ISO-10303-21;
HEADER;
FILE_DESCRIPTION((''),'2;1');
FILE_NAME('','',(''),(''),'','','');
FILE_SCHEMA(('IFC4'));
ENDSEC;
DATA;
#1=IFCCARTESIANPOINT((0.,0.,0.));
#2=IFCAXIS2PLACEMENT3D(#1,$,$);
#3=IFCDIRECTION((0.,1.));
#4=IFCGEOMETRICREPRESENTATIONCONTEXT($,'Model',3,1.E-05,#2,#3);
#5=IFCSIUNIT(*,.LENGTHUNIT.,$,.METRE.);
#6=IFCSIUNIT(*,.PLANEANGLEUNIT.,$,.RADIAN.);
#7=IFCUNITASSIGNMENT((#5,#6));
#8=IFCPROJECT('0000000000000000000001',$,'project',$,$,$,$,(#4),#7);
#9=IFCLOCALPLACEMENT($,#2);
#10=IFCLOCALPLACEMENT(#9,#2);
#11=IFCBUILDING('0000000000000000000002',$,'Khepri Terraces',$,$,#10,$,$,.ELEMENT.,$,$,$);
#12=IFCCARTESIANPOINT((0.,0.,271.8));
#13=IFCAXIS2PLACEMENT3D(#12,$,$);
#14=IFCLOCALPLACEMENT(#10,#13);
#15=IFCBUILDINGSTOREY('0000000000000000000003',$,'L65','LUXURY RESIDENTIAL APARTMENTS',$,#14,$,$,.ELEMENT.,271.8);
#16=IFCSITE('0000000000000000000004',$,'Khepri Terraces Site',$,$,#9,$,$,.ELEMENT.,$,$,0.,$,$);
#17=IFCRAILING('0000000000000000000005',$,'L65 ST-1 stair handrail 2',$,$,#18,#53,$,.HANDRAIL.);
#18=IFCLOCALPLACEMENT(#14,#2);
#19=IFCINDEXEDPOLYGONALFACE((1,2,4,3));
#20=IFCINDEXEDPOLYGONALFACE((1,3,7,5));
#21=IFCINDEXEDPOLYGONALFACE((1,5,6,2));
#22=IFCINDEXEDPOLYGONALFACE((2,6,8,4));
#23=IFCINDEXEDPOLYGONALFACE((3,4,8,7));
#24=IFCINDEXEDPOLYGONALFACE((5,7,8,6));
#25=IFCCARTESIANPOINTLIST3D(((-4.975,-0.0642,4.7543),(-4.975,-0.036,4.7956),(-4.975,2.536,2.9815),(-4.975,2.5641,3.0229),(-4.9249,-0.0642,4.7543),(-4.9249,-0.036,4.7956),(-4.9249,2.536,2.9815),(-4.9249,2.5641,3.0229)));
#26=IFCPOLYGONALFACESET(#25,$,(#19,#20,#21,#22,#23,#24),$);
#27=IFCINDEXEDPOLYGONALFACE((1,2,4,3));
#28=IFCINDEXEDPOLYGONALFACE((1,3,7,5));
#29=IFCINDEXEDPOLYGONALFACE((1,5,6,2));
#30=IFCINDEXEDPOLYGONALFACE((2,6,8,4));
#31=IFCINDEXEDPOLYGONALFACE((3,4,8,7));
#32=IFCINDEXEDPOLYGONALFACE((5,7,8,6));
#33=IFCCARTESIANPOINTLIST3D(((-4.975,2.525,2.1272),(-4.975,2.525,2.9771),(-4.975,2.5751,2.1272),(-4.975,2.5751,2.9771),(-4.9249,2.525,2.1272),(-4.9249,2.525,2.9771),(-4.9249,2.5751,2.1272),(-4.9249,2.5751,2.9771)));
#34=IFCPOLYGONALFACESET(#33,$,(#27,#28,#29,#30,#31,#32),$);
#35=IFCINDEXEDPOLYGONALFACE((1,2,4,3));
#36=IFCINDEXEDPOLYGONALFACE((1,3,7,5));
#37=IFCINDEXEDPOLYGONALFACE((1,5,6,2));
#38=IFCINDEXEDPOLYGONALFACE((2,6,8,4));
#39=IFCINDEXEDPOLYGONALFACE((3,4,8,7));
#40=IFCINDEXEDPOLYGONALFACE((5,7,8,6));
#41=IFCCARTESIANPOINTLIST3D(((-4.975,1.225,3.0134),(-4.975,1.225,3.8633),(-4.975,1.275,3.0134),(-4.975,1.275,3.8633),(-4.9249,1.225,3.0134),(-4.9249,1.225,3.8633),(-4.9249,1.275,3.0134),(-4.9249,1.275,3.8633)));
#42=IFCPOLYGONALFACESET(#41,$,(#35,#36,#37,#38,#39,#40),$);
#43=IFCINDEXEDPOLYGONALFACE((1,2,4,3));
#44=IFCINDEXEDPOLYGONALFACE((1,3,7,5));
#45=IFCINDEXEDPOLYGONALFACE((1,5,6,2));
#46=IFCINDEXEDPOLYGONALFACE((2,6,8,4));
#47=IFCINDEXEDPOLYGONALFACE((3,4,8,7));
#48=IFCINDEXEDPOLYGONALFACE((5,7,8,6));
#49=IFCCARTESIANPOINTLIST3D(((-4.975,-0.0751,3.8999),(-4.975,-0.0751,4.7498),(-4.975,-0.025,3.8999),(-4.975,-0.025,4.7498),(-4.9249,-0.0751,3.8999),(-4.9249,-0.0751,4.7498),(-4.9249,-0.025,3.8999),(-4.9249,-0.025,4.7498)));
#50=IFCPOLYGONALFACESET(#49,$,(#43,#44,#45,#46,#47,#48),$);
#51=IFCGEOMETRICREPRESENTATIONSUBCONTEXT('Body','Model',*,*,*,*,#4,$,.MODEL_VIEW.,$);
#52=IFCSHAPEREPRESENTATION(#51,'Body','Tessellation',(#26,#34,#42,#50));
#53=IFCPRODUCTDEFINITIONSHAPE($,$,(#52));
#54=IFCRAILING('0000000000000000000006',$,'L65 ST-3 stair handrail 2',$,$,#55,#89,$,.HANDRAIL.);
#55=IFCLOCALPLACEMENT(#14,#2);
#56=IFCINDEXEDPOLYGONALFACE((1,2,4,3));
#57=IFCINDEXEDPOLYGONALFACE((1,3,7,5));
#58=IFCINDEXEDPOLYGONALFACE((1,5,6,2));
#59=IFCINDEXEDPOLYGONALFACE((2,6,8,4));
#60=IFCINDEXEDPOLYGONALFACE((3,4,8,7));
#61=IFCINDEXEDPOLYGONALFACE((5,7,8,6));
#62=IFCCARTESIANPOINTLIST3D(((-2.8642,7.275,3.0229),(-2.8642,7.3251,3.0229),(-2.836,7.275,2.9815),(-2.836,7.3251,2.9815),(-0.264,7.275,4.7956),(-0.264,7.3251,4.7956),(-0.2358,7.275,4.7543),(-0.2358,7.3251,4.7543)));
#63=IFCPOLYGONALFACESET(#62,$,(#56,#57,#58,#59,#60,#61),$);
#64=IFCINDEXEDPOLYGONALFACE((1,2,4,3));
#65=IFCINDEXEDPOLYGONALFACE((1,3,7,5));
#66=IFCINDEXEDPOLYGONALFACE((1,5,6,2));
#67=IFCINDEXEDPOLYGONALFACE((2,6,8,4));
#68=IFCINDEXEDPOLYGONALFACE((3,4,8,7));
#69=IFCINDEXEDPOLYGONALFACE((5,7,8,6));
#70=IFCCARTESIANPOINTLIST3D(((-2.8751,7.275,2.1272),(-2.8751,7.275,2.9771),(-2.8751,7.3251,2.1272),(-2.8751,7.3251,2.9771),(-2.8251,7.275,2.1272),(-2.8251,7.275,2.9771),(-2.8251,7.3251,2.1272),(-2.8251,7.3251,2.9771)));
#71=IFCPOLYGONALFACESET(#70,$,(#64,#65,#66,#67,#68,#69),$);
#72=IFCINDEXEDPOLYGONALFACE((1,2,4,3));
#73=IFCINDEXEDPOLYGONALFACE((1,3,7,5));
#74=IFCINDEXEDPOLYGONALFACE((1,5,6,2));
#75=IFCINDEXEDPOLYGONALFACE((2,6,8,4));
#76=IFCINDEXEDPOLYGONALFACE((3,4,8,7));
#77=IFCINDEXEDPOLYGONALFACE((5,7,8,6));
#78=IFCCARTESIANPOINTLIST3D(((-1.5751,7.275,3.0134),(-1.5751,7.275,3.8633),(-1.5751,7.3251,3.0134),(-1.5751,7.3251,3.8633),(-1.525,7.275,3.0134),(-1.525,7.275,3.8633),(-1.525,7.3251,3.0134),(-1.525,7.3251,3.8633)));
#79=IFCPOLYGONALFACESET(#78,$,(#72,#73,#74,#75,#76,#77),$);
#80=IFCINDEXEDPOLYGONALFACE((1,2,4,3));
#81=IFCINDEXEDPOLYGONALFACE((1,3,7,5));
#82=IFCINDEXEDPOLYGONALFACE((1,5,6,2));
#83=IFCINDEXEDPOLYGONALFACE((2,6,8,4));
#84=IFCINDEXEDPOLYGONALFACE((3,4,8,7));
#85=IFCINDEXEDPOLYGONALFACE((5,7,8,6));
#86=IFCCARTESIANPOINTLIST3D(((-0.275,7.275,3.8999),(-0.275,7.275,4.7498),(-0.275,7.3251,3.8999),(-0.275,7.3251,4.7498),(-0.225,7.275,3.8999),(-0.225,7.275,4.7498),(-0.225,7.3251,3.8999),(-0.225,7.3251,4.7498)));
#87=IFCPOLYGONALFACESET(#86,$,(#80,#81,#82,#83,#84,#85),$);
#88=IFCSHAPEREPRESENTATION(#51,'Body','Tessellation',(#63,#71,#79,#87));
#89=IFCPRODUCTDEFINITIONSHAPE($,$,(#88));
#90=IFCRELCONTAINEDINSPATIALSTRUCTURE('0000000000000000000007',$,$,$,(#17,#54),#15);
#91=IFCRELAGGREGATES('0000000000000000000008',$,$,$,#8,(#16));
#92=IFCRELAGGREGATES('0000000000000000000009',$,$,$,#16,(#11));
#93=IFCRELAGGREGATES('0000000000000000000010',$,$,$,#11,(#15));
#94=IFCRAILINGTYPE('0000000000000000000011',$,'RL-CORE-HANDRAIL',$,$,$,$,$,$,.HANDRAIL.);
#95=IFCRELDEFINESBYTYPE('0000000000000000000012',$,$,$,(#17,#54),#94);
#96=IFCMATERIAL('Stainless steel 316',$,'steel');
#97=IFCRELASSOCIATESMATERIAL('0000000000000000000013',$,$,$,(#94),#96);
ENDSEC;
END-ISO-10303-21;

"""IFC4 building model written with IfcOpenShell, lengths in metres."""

from ifc_helpers import new_model, si_unit, direction, frame, origin, origin_2d, place, context, subcontext, project, spatial, rectangle, extrude, material, type_object, element, save


model = new_model("IFC4")

# Units and contexts
model_context = context("Model", 3, precision=1e-05, world=origin(), true_north=direction((0.0, 1.0)))
body_context = subcontext(model_context, "Body", "Model", "MODEL_VIEW")
ifc_project = project(units=[si_unit("LENGTHUNIT", "METRE"), si_unit("PLANEANGLEUNIT", "RADIAN")], contexts=[model_context])

# Site, building, storey
site_placement = place(None, origin())
site = spatial("IfcSite", under=ifc_project, at=site_placement, Name="Khepri Terraces Site", CompositionType="ELEMENT", RefElevation=0.0)
building_placement = place(site_placement, origin())
building = spatial("IfcBuilding", under=site, at=building_placement, Name="Khepri Terraces", CompositionType="ELEMENT")
storey_placement = place(building_placement, frame((0.0, 0.0, 271.8)))
storey = spatial("IfcBuildingStorey", under=building, at=storey_placement, Name="L65", Description="LUXURY RESIDENTIAL APARTMENTS", CompositionType="ELEMENT", Elevation=271.8)

# Railings
ifc_material_1 = material(Name="Stainless steel 316", Category="steel")
railing_type_1 = type_object("IfcRailingType", Name="RL-CORE-HANDRAIL", PredefinedType="HANDRAIL", material=ifc_material_1)
railing_1_placement = place(storey_placement, frame((-4.95, 2.55, 2.1272)))
element("IfcRailing", 1, at=railing_1_placement, inside=storey, type_object=railing_type_1, Name="L65 ST-1 stair handrail 2", PredefinedType="HANDRAIL", context=body_context, shape_type="SweptSolid", body=[
    extrude(rectangle(XDim=0.05, YDim=0.05, at=origin_2d()), frame((0.0, 0.0, 0.875), z_axis=(0.0, -0.82624, 0.563318), x_axis=(1.0, 0.0, 0.0)), (0.0, 0.0, 1.0), 3.147),
    extrude(rectangle(XDim=0.05, YDim=0.05, at=origin_2d()), origin(), (0.0, 0.0, 1.0), 0.8499),
    extrude(rectangle(XDim=0.05, YDim=0.05, at=origin_2d()), frame((0.0, -1.3, 0.8862)), (0.0, 0.0, 1.0), 0.8499),
    extrude(rectangle(XDim=0.05, YDim=0.05, at=origin_2d()), frame((0.0, -2.6001, 1.7727)), (0.0, 0.0, 1.0), 0.8499),
])
railing_2_placement = place(storey_placement, frame((-2.8501, 7.3, 2.1272)))
element("IfcRailing", 2, at=railing_2_placement, inside=storey, type_object=railing_type_1, Name="L65 ST-3 stair handrail 2", PredefinedType="HANDRAIL", context=body_context, shape_type="SweptSolid", body=[
    extrude(rectangle(XDim=0.05, YDim=0.05, at=origin_2d()), frame((0.0, 0.0, 0.875), z_axis=(0.82624, 0.0, 0.563318), x_axis=(0.0, 1.0, 0.0)), (0.0, 0.0, 1.0), 3.147),
    extrude(rectangle(XDim=0.05, YDim=0.05, at=origin_2d()), origin(), (0.0, 0.0, 1.0), 0.8499),
    extrude(rectangle(XDim=0.05, YDim=0.05, at=origin_2d()), frame((1.3, 0.0, 0.8862)), (0.0, 0.0, 1.0), 0.8499),
    extrude(rectangle(XDim=0.05, YDim=0.05, at=origin_2d()), frame((2.6001, 0.0, 1.7727)), (0.0, 0.0, 1.0), 0.8499),
])

save(model, "model.ifc")
